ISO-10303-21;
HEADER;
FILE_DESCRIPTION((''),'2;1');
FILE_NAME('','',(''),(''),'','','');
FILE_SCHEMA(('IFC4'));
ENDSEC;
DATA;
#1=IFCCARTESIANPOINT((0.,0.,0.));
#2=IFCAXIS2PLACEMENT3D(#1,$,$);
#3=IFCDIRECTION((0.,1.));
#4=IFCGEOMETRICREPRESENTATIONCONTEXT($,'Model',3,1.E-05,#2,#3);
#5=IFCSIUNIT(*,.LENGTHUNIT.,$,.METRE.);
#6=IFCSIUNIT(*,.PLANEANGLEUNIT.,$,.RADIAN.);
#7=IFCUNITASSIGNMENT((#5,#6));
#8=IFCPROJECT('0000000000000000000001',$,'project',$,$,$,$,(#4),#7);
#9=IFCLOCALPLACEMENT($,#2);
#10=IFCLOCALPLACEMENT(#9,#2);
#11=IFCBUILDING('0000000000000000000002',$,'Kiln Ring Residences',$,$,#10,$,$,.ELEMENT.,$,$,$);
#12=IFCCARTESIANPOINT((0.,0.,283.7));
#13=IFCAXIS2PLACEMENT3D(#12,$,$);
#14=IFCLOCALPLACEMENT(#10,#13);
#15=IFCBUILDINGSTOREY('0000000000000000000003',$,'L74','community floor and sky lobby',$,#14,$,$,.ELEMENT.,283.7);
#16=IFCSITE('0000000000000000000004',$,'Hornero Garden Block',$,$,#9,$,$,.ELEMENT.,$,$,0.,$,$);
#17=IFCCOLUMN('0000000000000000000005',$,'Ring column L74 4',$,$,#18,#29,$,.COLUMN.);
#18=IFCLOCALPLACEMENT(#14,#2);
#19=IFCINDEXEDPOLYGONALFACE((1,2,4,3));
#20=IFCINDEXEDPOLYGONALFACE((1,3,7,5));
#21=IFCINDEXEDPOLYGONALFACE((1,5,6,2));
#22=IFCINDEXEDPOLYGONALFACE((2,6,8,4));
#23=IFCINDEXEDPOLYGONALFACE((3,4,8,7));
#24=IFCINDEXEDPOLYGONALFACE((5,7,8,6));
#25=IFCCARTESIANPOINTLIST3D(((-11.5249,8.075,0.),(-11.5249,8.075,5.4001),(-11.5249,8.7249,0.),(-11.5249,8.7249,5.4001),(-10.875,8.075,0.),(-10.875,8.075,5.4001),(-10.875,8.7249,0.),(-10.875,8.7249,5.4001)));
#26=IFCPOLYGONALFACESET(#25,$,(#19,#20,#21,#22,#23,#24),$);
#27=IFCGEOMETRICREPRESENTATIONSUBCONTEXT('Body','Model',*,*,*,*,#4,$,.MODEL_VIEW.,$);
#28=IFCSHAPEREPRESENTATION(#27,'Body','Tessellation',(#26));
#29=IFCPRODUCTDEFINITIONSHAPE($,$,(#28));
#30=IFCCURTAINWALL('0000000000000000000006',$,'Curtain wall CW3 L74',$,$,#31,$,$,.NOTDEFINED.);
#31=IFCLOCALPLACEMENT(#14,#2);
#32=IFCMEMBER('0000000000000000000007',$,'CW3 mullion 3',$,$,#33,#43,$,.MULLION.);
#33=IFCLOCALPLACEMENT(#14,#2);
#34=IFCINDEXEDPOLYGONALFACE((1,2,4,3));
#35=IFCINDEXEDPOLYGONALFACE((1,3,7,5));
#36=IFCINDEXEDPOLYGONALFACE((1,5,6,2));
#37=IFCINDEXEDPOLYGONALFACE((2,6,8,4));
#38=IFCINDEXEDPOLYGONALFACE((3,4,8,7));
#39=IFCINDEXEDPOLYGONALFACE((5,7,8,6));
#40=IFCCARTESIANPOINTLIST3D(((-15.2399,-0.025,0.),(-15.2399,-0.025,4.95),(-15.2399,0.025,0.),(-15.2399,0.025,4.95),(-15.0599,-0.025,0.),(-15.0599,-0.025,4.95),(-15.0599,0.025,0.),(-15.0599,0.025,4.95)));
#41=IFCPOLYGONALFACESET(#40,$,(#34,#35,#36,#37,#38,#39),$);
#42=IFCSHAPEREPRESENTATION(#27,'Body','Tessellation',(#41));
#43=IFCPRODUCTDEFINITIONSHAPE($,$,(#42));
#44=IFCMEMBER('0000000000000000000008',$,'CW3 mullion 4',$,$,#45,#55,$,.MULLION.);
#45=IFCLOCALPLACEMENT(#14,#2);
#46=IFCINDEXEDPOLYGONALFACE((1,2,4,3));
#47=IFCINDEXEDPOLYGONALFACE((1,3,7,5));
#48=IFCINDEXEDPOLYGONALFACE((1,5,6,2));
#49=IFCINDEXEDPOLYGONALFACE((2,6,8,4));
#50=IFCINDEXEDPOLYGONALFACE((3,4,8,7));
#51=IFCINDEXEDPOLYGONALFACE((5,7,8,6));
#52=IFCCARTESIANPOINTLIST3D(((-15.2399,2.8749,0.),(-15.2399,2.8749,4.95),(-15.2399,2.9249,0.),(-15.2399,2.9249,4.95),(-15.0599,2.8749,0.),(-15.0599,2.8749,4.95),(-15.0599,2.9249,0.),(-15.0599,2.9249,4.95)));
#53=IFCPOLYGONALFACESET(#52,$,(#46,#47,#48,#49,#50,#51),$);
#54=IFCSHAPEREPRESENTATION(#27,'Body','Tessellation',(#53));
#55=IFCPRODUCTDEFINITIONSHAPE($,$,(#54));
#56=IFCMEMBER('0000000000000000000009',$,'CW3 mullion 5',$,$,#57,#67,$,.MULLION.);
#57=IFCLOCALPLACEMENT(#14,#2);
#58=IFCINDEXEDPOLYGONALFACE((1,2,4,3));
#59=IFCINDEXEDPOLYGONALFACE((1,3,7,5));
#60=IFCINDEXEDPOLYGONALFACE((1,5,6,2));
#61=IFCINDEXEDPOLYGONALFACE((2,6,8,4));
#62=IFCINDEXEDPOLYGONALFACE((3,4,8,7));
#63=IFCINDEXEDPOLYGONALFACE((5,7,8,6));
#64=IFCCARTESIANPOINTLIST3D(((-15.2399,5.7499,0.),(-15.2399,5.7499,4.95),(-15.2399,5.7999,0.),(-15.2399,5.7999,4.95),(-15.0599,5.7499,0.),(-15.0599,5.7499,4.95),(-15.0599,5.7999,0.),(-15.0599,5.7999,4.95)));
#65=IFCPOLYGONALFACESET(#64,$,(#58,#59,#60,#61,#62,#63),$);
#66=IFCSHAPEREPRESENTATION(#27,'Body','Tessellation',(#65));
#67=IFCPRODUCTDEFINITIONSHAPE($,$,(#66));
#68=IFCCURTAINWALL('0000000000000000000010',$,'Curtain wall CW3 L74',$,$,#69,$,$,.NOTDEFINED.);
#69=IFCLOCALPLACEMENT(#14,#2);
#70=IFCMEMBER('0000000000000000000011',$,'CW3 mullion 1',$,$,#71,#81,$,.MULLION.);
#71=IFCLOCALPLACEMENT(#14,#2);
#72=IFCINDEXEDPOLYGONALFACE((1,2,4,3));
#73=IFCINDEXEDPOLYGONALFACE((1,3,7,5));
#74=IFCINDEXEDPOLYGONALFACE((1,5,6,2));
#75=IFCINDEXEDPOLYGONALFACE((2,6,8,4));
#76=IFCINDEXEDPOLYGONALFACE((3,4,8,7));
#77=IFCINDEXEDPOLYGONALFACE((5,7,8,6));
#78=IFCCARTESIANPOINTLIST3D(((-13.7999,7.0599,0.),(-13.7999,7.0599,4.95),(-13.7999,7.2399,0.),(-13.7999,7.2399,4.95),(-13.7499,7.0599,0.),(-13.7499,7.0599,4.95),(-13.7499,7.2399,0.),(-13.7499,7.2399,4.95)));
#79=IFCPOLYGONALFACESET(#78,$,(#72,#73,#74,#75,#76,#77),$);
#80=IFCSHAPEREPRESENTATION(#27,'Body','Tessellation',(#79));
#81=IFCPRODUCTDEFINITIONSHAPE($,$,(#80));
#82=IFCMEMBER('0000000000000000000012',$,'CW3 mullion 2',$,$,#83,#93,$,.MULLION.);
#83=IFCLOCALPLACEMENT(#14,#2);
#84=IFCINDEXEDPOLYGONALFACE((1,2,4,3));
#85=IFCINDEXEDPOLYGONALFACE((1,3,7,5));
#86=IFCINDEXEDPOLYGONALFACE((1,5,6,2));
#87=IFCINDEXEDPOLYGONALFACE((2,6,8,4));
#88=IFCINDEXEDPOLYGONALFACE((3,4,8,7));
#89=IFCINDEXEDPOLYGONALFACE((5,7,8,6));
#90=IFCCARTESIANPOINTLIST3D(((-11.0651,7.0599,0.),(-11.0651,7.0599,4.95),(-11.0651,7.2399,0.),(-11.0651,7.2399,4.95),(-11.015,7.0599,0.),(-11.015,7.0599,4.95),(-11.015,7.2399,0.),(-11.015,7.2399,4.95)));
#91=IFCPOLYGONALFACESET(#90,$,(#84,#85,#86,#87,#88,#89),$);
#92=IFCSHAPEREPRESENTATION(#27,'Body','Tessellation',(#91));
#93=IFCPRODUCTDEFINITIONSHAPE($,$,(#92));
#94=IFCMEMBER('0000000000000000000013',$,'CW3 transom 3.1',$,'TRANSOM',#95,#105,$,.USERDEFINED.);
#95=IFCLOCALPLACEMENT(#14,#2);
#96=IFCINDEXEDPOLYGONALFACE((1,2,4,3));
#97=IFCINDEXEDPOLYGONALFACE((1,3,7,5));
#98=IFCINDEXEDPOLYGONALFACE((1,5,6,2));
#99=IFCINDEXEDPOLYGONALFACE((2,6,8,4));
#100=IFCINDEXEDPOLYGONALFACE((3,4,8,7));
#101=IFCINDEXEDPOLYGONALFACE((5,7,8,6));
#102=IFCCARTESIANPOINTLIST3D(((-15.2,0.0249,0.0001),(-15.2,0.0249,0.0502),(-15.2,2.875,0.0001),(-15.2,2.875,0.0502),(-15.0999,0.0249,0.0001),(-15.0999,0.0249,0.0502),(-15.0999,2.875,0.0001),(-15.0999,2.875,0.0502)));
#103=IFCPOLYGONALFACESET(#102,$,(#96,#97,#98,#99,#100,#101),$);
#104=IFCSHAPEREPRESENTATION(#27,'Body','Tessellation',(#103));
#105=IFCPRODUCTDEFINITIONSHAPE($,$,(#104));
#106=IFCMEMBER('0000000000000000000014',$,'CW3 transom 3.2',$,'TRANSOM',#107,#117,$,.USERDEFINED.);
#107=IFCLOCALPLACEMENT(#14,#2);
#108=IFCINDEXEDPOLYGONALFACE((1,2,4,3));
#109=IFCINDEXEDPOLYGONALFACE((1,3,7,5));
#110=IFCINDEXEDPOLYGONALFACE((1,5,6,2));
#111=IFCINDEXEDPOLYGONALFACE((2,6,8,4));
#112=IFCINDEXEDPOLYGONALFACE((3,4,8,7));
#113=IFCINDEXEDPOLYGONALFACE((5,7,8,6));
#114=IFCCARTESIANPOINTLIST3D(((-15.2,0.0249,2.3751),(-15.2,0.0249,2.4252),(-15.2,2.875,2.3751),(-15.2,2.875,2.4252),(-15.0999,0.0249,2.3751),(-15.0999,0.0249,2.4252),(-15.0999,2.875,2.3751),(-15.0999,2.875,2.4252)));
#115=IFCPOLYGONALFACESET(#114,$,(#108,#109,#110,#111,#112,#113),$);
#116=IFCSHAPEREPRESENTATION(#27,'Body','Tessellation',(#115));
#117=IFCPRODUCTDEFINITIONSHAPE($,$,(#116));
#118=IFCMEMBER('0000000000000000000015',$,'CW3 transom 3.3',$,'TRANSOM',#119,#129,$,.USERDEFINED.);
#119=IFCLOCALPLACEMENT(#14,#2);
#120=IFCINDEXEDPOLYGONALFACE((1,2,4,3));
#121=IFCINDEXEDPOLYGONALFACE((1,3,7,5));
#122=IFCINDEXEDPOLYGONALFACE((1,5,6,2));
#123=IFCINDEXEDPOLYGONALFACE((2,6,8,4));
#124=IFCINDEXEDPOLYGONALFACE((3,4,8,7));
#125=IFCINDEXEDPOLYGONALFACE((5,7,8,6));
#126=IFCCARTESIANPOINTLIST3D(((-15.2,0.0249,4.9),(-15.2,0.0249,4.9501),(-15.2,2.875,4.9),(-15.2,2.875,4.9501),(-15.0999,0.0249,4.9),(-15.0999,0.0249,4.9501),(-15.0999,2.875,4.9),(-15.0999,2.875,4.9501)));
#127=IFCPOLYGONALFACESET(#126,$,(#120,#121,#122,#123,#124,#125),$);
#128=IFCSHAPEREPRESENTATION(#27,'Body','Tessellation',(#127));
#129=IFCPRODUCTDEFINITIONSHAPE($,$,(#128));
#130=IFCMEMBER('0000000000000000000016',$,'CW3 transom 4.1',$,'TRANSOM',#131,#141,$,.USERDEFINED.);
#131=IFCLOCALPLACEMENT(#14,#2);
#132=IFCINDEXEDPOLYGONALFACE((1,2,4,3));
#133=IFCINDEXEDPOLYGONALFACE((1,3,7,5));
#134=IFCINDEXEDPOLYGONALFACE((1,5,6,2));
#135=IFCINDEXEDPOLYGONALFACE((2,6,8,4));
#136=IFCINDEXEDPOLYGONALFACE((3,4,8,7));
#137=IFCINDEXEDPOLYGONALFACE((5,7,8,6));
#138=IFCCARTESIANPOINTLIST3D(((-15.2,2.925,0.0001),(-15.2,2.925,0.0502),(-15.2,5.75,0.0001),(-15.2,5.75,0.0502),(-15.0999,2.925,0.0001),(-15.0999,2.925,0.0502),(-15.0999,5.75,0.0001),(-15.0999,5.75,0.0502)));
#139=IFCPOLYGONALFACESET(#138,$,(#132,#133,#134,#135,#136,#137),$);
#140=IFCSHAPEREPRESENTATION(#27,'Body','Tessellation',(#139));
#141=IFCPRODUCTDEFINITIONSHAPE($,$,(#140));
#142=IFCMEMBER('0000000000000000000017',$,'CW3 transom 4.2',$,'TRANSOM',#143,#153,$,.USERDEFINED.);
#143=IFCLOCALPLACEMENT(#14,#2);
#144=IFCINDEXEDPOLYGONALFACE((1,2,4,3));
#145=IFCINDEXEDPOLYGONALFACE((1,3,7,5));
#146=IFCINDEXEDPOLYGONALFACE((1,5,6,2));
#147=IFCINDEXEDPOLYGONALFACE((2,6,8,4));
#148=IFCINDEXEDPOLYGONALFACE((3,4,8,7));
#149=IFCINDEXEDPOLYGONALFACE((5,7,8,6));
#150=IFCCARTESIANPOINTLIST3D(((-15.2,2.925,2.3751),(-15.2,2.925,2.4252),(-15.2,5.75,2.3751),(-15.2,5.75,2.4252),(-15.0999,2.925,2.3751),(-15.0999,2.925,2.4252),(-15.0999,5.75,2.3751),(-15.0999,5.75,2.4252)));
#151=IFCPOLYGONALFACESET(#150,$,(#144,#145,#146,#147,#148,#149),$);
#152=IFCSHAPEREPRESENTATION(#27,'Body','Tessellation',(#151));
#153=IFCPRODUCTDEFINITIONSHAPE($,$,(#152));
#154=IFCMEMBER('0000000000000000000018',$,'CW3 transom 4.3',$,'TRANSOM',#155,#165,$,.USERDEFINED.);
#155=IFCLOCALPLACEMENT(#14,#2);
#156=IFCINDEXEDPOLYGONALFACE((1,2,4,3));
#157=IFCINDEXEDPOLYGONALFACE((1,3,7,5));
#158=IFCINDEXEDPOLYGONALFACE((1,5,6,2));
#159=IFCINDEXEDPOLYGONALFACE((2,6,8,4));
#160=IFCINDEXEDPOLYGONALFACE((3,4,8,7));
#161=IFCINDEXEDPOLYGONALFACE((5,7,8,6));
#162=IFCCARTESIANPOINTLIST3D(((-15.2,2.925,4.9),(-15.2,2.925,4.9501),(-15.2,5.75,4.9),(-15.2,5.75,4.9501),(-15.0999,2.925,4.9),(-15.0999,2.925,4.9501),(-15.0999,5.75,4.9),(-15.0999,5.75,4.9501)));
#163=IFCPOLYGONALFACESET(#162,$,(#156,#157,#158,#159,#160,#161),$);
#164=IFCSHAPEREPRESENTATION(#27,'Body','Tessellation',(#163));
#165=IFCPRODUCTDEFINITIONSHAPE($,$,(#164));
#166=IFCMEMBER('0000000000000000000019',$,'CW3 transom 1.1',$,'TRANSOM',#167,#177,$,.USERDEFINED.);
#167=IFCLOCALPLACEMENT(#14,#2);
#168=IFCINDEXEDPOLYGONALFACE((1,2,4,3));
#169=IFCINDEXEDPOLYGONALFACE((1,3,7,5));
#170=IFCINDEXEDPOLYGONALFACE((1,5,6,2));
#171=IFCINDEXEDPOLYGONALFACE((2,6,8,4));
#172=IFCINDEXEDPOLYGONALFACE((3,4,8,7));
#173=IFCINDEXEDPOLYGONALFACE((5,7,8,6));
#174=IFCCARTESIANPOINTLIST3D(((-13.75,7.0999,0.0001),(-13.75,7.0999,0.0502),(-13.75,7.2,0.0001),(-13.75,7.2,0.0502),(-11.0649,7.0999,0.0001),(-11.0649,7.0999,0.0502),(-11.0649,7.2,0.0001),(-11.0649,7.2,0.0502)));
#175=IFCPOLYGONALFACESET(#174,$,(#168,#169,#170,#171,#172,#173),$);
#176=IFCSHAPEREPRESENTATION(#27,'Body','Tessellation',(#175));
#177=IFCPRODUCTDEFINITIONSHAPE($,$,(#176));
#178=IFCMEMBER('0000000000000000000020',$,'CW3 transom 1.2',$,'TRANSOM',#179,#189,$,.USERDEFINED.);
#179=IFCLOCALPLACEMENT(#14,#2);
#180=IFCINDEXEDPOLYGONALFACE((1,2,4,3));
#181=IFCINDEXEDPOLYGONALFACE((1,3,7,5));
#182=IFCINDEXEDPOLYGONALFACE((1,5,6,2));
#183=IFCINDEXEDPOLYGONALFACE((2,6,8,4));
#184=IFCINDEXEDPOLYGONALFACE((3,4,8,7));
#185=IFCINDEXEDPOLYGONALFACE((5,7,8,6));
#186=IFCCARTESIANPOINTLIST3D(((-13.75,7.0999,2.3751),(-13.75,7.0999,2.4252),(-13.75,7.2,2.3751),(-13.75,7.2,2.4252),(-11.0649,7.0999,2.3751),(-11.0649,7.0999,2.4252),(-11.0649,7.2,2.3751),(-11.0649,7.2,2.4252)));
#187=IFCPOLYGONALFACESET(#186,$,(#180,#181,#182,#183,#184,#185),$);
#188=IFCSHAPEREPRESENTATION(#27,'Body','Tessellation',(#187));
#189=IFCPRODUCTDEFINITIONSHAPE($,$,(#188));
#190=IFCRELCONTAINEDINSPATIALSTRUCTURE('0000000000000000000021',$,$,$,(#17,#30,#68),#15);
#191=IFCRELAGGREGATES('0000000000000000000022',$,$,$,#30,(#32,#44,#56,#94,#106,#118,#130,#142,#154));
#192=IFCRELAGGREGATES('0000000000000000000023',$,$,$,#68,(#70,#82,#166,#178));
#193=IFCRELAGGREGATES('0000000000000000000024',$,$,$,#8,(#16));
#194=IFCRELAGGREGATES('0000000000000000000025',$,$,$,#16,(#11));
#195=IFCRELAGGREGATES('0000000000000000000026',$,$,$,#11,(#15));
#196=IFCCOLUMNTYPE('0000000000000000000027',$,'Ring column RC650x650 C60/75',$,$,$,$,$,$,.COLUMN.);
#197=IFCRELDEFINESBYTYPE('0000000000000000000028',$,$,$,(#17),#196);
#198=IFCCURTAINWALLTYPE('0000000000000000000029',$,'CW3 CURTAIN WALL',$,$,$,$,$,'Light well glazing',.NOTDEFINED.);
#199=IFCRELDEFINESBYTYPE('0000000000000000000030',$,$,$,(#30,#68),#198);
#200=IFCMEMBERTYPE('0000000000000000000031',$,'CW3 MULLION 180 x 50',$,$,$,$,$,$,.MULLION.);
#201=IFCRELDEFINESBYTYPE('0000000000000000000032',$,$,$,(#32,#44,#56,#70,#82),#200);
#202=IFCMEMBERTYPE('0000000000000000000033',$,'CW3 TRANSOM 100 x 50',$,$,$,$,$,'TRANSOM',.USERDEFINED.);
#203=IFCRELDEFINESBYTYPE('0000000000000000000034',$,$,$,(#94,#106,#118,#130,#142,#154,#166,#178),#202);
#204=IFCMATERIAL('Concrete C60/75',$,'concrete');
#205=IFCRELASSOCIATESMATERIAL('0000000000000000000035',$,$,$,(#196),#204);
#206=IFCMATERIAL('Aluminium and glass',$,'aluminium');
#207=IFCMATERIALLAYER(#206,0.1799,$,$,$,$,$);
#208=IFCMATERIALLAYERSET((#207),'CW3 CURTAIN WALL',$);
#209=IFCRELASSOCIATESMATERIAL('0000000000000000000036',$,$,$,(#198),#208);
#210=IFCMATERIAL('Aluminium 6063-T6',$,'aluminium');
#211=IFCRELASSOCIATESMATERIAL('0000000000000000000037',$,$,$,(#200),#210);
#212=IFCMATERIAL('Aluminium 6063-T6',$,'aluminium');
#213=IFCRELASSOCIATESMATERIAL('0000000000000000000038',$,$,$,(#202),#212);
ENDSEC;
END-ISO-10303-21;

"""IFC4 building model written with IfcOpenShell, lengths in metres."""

from ifc_helpers import new_model, si_unit, direction, frame, origin, origin_2d, place, context, subcontext, project, spatial, rectangle, extrude, material, layer, layer_set, material_profile, profile_set, type_object, element, aggregate, save


model = new_model("IFC4")

# Units and contexts
model_context = context("Model", 3, precision=1e-05, world=origin(), true_north=direction((0.0, 1.0)))
body_context = subcontext(model_context, "Body", "Model", "MODEL_VIEW")
ifc_project = project(units=[si_unit("LENGTHUNIT", "METRE"), si_unit("PLANEANGLEUNIT", "RADIAN")], contexts=[model_context])

# Site, building, storey
site_placement = place(None, origin())
site = spatial("IfcSite", under=ifc_project, at=site_placement, Name="Hornero Garden Block", CompositionType="ELEMENT", RefElevation=0.0)
building_placement = place(site_placement, origin())
building = spatial("IfcBuilding", under=site, at=building_placement, Name="Kiln Ring Residences", CompositionType="ELEMENT")
storey_placement = place(building_placement, frame((0.0, 0.0, 283.7)))
storey = spatial("IfcBuildingStorey", under=building, at=storey_placement, Name="L74", Description="community floor and sky lobby", CompositionType="ELEMENT", Elevation=283.7)

# Column
ifc_material_1 = material(Name="Concrete C60/75", Category="concrete")
ifc_material_profile_1 = material_profile(ifc_material_1, rectangle(XDim=0.6499, YDim=0.6499, at=origin_2d()), Name="RC650x650")
ifc_profile_set_1 = profile_set([ifc_material_profile_1], Name="Concrete C60/75")
column_type = type_object("IfcColumnType", Name="Ring column RC650x650 C60/75", PredefinedType="COLUMN", material=ifc_profile_set_1)
column_placement = place(storey_placement, frame((-11.2, 8.3999, 0.0), z_axis=(0.0, 0.0, 1.0), x_axis=(1.0, 0.0, 0.0)))
element("IfcColumn", 1, at=column_placement, inside=storey, type_object=column_type, Name="Ring column L74 4", PredefinedType="COLUMN", context=body_context, shape_type="SweptSolid", body=[
    extrude(rectangle(XDim=0.6499, YDim=0.6499, at=origin_2d()), origin(), (0.0, 0.0, 1.0), 5.4001),
])

# Curtain walls, members
ifc_material_2 = material(Name="Aluminium and glass", Category="aluminium")
ifc_layer_1 = layer(ifc_material_2, 0.1799)
ifc_layer_set_1 = layer_set([ifc_layer_1], Name="CW3 CURTAIN WALL")
curtain_wall_type = type_object("IfcCurtainWallType", Name="CW3 CURTAIN WALL", ElementType="Light well glazing", PredefinedType="NOTDEFINED", material=ifc_layer_set_1)
placement = place(storey_placement, origin())
curtain_wall_1 = element("IfcCurtainWall", 2, at=placement, inside=storey, type_object=curtain_wall_type, Name="Curtain wall CW3 L74", PredefinedType="NOTDEFINED")
ifc_material_3 = material(Name="Aluminium 6063-T6", Category="aluminium")
ifc_material_profile_2 = material_profile(ifc_material_3, rectangle(XDim=0.1799, YDim=0.05, at=origin_2d()), Name="AL 180x50")
ifc_profile_set_2 = profile_set([ifc_material_profile_2], Name="Aluminium 6063-T6")
member_type_1 = type_object("IfcMemberType", Name="CW3 MULLION 180 x 50", PredefinedType="MULLION", material=ifc_profile_set_2)
member_1_placement = place(storey_placement, frame((-15.1499, 0.0, 0.0), z_axis=(0.0, 0.0, 1.0), x_axis=(-1.0, 0.0, 0.0)))
member_1 = element("IfcMember", 3, at=member_1_placement, type_object=member_type_1, Name="CW3 mullion 3", PredefinedType="MULLION", context=body_context, shape_type="SweptSolid", body=[
    extrude(rectangle(XDim=0.1799, YDim=0.05, at=origin_2d()), origin(), (0.0, 0.0, 1.0), 4.95),
])
member_2_placement = place(storey_placement, frame((-15.1499, 2.8999, 0.0), z_axis=(0.0, 0.0, 1.0), x_axis=(-1.0, 0.0, 0.0)))
member_2 = element("IfcMember", 4, at=member_2_placement, type_object=member_type_1, Name="CW3 mullion 4", PredefinedType="MULLION", context=body_context, shape_type="SweptSolid", body=[
    extrude(rectangle(XDim=0.1799, YDim=0.05, at=origin_2d()), origin(), (0.0, 0.0, 1.0), 4.95),
])
member_3_placement = place(storey_placement, frame((-15.1499, 5.7749, 0.0), z_axis=(0.0, 0.0, 1.0), x_axis=(-1.0, 0.0, 0.0)))
member_3 = element("IfcMember", 5, at=member_3_placement, type_object=member_type_1, Name="CW3 mullion 5", PredefinedType="MULLION", context=body_context, shape_type="SweptSolid", body=[
    extrude(rectangle(XDim=0.1799, YDim=0.05, at=origin_2d()), origin(), (0.0, 0.0, 1.0), 4.95),
])
curtain_wall_2 = element("IfcCurtainWall", 6, at=placement, inside=storey, type_object=curtain_wall_type, Name="Curtain wall CW3 L74", PredefinedType="NOTDEFINED")
member_4_placement = place(storey_placement, frame((-13.7749, 7.1499, 0.0), z_axis=(0.0, 0.0, 1.0), x_axis=(0.0, 1.0, 0.0)))
member_4 = element("IfcMember", 7, at=member_4_placement, type_object=member_type_1, Name="CW3 mullion 1", PredefinedType="MULLION", context=body_context, shape_type="SweptSolid", body=[
    extrude(rectangle(XDim=0.1799, YDim=0.05, at=origin_2d()), origin(), (0.0, 0.0, 1.0), 4.95),
])
member_5_placement = place(storey_placement, frame((-11.04, 7.1499, 0.0), z_axis=(0.0, 0.0, 1.0), x_axis=(0.0, 1.0, 0.0)))
member_5 = element("IfcMember", 8, at=member_5_placement, type_object=member_type_1, Name="CW3 mullion 2", PredefinedType="MULLION", context=body_context, shape_type="SweptSolid", body=[
    extrude(rectangle(XDim=0.1799, YDim=0.05, at=origin_2d()), origin(), (0.0, 0.0, 1.0), 4.95),
])

# Members
ifc_material_4 = material(Name="Aluminium 6063-T6", Category="aluminium")
ifc_material_profile_3 = material_profile(ifc_material_4, rectangle(XDim=0.1001, YDim=0.05, at=origin_2d()), Name="AL 100x50")
ifc_profile_set_3 = profile_set([ifc_material_profile_3], Name="Aluminium 6063-T6")
member_type_2 = type_object("IfcMemberType", Name="CW3 TRANSOM 100 x 50", ElementType="TRANSOM", PredefinedType="USERDEFINED", material=ifc_profile_set_3)
member_6_placement = place(storey_placement, frame((-15.1499, 0.0249, 0.0251), z_axis=(0.0, 1.0, 0.0), x_axis=(-1.0, 0.0, 0.0)))
member_6 = element("IfcMember", 9, at=member_6_placement, type_object=member_type_2, Name="CW3 transom 3.1", ObjectType="TRANSOM", PredefinedType="USERDEFINED", context=body_context, shape_type="SweptSolid", body=[
    extrude(rectangle(XDim=0.1001, YDim=0.05, at=origin_2d()), origin(), (0.0, 0.0, 1.0), 2.8501),
])
member_7_placement = place(storey_placement, frame((-15.1499, 0.0249, 2.4001), z_axis=(0.0, 1.0, 0.0), x_axis=(-1.0, 0.0, 0.0)))
member_7 = element("IfcMember", 10, at=member_7_placement, type_object=member_type_2, Name="CW3 transom 3.2", ObjectType="TRANSOM", PredefinedType="USERDEFINED", context=body_context, shape_type="SweptSolid", body=[
    extrude(rectangle(XDim=0.1001, YDim=0.05, at=origin_2d()), origin(), (0.0, 0.0, 1.0), 2.8501),
])
member_8_placement = place(storey_placement, frame((-15.1499, 0.0249, 4.925), z_axis=(0.0, 1.0, 0.0), x_axis=(-1.0, 0.0, 0.0)))
member_8 = element("IfcMember", 11, at=member_8_placement, type_object=member_type_2, Name="CW3 transom 3.3", ObjectType="TRANSOM", PredefinedType="USERDEFINED", context=body_context, shape_type="SweptSolid", body=[
    extrude(rectangle(XDim=0.1001, YDim=0.05, at=origin_2d()), origin(), (0.0, 0.0, 1.0), 2.8501),
])
member_9_placement = place(storey_placement, frame((-15.1499, 2.925, 0.0251), z_axis=(0.0, 1.0, 0.0), x_axis=(-1.0, 0.0, 0.0)))
member_9 = element("IfcMember", 12, at=member_9_placement, type_object=member_type_2, Name="CW3 transom 4.1", ObjectType="TRANSOM", PredefinedType="USERDEFINED", context=body_context, shape_type="SweptSolid", body=[
    extrude(rectangle(XDim=0.1001, YDim=0.05, at=origin_2d()), origin(), (0.0, 0.0, 1.0), 2.825),
])
member_10_placement = place(storey_placement, frame((-15.1499, 2.925, 2.4001), z_axis=(0.0, 1.0, 0.0), x_axis=(-1.0, 0.0, 0.0)))
member_10 = element("IfcMember", 13, at=member_10_placement, type_object=member_type_2, Name="CW3 transom 4.2", ObjectType="TRANSOM", PredefinedType="USERDEFINED", context=body_context, shape_type="SweptSolid", body=[
    extrude(rectangle(XDim=0.1001, YDim=0.05, at=origin_2d()), origin(), (0.0, 0.0, 1.0), 2.825),
])
member_11_placement = place(storey_placement, frame((-15.1499, 2.925, 4.925), z_axis=(0.0, 1.0, 0.0), x_axis=(-1.0, 0.0, 0.0)))
member_11 = element("IfcMember", 14, at=member_11_placement, type_object=member_type_2, Name="CW3 transom 4.3", ObjectType="TRANSOM", PredefinedType="USERDEFINED", context=body_context, shape_type="SweptSolid", body=[
    extrude(rectangle(XDim=0.1001, YDim=0.05, at=origin_2d()), origin(), (0.0, 0.0, 1.0), 2.825),
])
member_12_placement = place(storey_placement, frame((-13.75, 7.1499, 0.0251), z_axis=(1.0, 0.0, 0.0), x_axis=(0.0, 1.0, 0.0)))
member_12 = element("IfcMember", 15, at=member_12_placement, type_object=member_type_2, Name="CW3 transom 1.1", ObjectType="TRANSOM", PredefinedType="USERDEFINED", context=body_context, shape_type="SweptSolid", body=[
    extrude(rectangle(XDim=0.1001, YDim=0.05, at=origin_2d()), origin(), (0.0, 0.0, 1.0), 2.6851),
])
member_13_placement = place(storey_placement, frame((-13.75, 7.1499, 2.4001), z_axis=(1.0, 0.0, 0.0), x_axis=(0.0, 1.0, 0.0)))
member_13 = element("IfcMember", 16, at=member_13_placement, type_object=member_type_2, Name="CW3 transom 1.2", ObjectType="TRANSOM", PredefinedType="USERDEFINED", context=body_context, shape_type="SweptSolid", body=[
    extrude(rectangle(XDim=0.1001, YDim=0.05, at=origin_2d()), origin(), (0.0, 0.0, 1.0), 2.6851),
])

aggregate(curtain_wall_1, [member_1, member_2, member_3, member_6, member_7, member_8, member_9, member_10, member_11])
aggregate(curtain_wall_2, [member_4, member_5, member_12, member_13])

save(model, "model.ifc")
